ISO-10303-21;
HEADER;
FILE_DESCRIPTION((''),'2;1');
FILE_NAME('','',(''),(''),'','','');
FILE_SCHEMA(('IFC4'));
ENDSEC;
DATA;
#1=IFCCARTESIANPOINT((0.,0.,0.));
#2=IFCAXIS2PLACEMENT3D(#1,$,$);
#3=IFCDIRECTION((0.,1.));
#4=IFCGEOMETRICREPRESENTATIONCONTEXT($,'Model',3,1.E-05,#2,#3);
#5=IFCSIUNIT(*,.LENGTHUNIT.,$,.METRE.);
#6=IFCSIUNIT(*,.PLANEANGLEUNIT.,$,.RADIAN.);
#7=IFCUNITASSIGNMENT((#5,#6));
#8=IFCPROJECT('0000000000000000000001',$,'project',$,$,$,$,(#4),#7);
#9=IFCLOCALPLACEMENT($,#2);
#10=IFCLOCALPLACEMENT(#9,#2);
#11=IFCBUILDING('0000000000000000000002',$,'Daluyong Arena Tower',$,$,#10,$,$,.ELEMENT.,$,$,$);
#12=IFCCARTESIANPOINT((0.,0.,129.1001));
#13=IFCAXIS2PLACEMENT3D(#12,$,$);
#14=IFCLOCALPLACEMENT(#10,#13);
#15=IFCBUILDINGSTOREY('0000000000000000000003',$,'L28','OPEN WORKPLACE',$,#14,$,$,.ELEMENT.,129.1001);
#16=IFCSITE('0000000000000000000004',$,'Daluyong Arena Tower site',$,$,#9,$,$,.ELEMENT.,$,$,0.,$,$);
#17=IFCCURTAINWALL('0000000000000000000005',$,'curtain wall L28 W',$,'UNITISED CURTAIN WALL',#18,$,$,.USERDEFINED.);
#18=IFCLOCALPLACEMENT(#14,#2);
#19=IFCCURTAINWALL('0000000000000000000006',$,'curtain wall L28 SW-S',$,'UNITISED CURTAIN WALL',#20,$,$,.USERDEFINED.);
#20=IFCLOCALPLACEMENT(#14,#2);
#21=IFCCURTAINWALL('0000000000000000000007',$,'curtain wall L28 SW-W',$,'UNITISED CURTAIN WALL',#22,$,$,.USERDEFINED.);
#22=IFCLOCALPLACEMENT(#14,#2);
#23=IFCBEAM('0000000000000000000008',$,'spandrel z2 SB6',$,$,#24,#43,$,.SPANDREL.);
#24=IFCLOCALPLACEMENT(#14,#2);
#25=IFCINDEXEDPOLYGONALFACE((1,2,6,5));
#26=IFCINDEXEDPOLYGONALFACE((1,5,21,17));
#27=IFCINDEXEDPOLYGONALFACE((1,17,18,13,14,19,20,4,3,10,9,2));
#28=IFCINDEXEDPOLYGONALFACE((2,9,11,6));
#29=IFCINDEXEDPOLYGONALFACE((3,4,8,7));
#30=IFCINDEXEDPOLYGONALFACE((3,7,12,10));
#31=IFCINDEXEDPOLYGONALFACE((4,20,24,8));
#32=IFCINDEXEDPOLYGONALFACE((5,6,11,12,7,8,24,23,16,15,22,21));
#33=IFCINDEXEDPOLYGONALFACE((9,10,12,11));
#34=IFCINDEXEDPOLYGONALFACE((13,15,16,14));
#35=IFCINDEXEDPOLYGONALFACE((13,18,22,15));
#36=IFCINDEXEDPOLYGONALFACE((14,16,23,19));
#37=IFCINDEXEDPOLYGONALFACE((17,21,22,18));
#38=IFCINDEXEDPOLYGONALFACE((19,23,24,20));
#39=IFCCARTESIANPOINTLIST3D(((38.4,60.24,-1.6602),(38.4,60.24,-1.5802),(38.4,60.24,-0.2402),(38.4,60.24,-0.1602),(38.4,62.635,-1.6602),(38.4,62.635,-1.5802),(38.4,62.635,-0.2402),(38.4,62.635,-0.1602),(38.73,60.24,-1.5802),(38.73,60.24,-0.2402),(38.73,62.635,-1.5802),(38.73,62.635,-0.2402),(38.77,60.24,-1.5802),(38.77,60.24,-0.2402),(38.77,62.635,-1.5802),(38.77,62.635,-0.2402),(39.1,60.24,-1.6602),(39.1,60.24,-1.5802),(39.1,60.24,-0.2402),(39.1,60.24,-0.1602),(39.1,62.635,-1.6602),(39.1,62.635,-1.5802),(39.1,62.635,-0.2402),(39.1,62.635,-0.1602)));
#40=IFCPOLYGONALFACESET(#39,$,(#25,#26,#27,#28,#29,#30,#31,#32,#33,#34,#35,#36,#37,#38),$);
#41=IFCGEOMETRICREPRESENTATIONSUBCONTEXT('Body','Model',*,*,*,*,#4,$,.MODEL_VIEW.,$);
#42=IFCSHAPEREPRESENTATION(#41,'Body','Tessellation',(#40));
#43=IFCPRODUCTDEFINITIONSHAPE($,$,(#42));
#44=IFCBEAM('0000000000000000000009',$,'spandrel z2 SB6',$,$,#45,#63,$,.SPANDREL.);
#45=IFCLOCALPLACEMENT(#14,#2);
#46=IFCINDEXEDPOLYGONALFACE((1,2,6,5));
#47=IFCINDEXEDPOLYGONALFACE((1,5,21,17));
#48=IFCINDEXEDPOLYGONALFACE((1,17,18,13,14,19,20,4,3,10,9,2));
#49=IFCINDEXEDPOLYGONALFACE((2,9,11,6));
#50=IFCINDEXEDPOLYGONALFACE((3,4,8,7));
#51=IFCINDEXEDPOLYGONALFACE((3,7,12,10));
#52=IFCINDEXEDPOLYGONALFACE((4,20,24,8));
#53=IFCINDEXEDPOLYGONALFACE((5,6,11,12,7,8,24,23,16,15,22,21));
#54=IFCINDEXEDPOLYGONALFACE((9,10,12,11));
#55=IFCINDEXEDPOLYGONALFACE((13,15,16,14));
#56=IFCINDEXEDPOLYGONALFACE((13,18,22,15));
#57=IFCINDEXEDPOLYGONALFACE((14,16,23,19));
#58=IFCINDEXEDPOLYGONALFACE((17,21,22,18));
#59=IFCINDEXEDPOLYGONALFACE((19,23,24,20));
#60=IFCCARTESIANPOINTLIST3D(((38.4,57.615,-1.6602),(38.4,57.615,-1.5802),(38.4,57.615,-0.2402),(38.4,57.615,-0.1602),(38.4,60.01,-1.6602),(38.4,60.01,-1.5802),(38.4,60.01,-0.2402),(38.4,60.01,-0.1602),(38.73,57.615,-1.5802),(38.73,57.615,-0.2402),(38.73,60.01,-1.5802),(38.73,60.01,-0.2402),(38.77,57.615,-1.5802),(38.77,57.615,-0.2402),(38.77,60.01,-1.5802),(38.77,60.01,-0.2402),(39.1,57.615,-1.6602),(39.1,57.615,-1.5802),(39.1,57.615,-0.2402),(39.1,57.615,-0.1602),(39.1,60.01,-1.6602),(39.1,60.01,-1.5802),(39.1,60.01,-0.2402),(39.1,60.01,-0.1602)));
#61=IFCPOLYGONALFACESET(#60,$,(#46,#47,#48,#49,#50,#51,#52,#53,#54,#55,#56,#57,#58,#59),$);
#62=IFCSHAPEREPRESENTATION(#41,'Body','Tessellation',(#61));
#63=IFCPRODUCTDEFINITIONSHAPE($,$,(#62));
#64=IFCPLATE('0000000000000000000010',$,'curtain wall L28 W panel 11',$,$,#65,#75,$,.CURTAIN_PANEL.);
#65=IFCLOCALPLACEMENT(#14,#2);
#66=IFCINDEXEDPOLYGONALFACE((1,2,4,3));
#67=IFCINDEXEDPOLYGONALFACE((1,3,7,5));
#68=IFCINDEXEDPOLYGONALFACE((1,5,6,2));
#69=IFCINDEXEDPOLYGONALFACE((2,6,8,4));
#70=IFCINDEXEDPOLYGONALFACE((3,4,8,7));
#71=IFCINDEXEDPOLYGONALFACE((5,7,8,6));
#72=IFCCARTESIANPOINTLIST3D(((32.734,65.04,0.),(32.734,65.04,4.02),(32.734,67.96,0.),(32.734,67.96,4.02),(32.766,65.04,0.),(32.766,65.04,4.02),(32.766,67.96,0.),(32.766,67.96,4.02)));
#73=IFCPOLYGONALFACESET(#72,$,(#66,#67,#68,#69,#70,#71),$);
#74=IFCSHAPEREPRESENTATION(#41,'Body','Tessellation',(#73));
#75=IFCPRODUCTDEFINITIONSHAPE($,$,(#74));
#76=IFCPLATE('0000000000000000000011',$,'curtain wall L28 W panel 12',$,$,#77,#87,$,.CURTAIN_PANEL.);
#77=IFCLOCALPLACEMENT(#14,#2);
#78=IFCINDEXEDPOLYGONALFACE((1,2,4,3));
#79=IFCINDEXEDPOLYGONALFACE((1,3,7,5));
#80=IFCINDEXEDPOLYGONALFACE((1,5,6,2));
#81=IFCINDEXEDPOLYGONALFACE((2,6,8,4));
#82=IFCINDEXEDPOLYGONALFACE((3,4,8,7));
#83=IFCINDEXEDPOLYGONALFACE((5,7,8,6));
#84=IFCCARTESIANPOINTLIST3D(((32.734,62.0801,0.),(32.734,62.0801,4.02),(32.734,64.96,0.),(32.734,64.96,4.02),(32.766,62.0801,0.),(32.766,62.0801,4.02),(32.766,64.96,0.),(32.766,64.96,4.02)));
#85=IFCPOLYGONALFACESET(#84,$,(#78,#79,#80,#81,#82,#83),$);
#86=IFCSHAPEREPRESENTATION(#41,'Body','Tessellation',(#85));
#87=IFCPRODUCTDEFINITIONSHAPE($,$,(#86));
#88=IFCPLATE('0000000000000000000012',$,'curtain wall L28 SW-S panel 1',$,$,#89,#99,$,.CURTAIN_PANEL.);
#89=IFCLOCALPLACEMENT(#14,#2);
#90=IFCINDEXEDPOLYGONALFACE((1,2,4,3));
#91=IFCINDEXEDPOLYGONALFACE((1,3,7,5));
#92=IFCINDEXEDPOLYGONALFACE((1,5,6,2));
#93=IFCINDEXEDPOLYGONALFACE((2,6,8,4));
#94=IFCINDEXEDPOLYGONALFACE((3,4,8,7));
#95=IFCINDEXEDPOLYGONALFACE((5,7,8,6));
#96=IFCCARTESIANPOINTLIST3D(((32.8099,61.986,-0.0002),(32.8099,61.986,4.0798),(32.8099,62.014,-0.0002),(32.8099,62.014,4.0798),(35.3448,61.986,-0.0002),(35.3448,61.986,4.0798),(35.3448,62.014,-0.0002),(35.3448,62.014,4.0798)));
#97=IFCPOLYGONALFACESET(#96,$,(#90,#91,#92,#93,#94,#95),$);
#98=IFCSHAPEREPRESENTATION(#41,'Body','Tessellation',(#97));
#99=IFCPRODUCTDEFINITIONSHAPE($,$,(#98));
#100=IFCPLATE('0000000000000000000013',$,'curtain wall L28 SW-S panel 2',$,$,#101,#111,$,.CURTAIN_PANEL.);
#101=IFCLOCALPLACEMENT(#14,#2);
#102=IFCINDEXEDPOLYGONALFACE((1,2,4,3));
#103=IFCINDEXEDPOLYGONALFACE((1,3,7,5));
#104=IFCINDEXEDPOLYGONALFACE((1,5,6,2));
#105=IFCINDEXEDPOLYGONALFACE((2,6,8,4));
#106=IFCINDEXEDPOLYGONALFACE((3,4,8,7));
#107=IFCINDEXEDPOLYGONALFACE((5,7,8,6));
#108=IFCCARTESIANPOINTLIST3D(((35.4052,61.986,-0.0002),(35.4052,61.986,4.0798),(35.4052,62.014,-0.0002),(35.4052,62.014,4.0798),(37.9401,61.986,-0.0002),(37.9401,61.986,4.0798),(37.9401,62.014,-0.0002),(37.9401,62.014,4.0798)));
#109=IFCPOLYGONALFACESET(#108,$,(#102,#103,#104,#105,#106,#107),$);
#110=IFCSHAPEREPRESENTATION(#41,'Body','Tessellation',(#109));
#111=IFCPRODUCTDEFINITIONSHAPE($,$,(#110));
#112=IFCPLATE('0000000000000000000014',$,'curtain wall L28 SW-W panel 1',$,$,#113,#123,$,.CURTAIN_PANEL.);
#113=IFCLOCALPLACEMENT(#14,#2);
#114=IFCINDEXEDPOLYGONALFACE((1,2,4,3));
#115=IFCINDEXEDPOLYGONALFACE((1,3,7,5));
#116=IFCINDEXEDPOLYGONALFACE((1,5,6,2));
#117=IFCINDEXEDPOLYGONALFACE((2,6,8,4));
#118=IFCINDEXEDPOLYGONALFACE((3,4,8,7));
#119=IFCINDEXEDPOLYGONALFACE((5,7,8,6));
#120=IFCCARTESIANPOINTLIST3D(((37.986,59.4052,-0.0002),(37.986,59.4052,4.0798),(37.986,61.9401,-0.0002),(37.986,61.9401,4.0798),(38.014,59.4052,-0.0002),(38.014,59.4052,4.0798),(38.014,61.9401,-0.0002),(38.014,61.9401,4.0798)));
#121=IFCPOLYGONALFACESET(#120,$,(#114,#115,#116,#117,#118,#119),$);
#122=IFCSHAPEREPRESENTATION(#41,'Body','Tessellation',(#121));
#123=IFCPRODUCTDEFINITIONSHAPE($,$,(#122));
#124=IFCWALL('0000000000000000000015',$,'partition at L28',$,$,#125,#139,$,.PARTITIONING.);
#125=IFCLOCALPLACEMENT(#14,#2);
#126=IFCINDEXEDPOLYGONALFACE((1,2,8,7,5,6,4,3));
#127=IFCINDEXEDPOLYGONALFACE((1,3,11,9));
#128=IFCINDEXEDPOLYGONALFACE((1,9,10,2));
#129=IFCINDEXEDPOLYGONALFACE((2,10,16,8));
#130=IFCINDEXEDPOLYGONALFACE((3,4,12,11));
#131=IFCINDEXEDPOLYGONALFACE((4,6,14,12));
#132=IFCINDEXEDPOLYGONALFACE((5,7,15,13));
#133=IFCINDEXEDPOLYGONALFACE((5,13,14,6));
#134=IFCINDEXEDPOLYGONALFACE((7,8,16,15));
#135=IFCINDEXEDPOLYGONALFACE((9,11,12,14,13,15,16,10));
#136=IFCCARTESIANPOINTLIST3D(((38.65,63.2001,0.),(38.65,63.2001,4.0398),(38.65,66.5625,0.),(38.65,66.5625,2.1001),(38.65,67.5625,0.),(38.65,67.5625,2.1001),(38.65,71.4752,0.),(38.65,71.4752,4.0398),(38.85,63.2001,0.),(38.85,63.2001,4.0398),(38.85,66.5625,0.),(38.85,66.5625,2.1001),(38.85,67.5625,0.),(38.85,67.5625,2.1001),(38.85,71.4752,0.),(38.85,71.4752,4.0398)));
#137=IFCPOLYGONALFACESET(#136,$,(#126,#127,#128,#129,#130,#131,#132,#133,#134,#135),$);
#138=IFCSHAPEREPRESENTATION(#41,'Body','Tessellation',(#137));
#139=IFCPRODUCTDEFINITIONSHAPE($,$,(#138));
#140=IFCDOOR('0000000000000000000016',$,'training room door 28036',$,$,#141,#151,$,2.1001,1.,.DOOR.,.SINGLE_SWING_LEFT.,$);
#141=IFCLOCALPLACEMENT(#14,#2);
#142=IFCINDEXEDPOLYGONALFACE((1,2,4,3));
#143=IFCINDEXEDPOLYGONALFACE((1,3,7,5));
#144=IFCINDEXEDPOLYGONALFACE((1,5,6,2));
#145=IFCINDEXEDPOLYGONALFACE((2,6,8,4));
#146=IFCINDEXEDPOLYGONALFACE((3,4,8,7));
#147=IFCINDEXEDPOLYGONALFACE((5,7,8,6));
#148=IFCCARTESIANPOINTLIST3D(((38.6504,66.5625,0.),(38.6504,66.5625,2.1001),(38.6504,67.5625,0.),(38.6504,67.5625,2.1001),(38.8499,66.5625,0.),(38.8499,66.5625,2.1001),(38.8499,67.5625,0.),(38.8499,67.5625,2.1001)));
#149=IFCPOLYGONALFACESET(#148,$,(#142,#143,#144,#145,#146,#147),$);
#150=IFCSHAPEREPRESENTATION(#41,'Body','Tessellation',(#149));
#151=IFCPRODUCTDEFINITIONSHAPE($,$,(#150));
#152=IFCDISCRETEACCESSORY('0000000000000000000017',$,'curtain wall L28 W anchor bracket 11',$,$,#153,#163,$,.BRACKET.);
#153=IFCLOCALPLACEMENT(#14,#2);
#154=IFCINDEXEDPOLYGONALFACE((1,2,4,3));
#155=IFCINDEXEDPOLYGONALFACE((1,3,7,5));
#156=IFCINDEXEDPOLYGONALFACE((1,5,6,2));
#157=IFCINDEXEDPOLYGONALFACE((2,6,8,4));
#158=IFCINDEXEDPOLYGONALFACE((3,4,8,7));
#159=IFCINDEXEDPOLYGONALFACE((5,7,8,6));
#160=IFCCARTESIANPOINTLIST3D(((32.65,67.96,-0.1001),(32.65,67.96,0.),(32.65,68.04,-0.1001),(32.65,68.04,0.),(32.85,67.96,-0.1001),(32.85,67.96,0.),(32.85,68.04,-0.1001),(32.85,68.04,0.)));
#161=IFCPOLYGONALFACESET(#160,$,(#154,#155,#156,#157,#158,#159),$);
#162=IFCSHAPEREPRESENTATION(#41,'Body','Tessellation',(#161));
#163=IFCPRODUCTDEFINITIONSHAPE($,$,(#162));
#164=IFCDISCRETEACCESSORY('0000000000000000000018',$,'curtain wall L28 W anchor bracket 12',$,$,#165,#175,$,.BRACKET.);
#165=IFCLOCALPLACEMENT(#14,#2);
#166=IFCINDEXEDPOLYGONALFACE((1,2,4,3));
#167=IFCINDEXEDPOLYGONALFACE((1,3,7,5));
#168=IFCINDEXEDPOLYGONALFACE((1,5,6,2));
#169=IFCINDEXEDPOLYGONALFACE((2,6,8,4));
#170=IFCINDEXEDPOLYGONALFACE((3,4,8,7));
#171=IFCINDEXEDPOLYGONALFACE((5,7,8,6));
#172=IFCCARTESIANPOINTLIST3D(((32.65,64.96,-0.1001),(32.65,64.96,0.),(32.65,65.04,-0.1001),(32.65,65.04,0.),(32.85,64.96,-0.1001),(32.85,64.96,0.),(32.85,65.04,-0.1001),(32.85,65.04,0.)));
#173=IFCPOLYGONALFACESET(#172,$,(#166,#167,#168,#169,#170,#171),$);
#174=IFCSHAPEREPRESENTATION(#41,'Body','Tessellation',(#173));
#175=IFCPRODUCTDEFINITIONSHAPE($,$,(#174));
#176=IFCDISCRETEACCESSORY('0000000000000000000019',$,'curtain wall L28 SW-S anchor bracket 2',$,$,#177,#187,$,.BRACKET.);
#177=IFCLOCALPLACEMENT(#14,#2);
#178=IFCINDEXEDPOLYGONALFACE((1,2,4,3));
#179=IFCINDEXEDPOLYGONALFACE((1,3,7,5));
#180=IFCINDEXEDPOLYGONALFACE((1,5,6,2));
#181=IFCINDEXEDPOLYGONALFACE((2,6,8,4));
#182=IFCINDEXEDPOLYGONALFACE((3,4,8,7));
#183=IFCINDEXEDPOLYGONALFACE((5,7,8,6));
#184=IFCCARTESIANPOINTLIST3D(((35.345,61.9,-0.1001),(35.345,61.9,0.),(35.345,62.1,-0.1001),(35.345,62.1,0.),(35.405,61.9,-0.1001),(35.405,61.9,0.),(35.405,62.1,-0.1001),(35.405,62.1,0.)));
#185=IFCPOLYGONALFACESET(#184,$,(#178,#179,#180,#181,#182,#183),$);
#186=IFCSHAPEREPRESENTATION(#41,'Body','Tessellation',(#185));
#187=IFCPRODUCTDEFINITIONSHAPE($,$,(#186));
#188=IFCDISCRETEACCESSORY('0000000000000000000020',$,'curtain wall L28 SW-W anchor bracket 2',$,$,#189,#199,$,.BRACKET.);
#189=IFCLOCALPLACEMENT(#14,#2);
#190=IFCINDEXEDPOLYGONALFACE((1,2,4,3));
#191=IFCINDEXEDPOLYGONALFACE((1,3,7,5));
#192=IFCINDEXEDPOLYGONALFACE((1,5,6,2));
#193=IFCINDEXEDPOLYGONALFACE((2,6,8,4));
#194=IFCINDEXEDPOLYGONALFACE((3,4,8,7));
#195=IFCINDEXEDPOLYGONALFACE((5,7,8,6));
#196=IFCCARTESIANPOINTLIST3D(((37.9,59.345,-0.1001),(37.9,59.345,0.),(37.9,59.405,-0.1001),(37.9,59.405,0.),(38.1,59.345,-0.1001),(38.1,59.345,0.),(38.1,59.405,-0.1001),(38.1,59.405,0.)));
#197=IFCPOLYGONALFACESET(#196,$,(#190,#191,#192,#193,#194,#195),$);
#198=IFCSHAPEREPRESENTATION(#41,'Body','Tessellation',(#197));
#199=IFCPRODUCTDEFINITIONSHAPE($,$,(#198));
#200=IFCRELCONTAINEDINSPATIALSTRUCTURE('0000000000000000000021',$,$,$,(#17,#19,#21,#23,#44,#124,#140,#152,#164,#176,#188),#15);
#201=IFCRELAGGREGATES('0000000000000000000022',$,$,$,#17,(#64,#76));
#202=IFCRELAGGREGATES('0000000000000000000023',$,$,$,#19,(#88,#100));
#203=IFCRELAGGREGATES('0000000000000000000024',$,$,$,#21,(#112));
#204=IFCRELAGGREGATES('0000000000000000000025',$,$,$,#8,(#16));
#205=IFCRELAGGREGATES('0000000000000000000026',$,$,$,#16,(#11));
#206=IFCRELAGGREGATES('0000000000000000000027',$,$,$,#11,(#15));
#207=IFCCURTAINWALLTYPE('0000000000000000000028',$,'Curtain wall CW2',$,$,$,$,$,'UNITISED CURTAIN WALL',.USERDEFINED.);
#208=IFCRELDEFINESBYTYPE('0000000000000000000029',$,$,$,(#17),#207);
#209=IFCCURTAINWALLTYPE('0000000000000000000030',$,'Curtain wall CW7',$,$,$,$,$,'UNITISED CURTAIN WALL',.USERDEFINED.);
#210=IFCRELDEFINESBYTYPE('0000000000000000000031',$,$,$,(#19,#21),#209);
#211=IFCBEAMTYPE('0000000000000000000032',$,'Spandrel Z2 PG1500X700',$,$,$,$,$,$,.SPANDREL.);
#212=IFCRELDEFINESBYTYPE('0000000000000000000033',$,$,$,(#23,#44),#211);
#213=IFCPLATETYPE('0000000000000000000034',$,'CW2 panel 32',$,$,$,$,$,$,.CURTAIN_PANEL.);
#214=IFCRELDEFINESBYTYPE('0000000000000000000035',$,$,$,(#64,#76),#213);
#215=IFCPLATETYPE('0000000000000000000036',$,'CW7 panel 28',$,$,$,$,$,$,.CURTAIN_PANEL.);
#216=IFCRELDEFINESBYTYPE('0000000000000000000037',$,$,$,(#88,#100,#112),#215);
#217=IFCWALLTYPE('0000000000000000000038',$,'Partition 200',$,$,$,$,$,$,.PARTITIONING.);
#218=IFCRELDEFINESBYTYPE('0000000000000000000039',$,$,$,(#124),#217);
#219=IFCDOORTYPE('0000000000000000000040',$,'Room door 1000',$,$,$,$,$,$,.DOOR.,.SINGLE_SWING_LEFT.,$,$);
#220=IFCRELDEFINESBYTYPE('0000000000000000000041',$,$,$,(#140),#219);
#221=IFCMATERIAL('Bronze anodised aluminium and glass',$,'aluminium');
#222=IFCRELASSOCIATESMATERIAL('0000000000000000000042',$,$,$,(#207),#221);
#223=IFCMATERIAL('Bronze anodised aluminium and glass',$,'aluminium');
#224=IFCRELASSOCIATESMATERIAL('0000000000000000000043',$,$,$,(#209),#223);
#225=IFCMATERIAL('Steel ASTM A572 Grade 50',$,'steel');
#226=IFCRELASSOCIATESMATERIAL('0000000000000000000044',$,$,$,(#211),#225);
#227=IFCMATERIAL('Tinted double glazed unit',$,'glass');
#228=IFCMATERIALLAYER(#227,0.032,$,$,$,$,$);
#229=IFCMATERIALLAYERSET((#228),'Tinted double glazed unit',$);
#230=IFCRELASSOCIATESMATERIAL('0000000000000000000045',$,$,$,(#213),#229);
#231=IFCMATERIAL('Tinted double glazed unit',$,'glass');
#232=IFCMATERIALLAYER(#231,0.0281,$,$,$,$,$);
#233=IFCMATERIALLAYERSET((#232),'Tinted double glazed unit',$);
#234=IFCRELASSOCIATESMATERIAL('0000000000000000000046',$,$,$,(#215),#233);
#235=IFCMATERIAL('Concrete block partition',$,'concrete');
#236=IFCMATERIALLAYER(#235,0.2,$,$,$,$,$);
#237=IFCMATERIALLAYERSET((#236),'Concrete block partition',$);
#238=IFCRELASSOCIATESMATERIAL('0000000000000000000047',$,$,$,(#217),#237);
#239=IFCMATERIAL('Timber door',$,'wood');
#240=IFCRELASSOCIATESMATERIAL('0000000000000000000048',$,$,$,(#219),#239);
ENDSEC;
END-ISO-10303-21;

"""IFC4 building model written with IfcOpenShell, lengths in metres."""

from ifc_helpers import new_model, si_unit, direction, frame, frame_2d, origin, origin_2d, place, context, subcontext, project, spatial, rectangle, i_section, extrude, material, layer, layer_set, material_profile, profile_set, type_object, element, fill, aggregate, save


model = new_model("IFC4")

# Units and contexts
model_context = context("Model", 3, precision=1e-05, world=origin(), true_north=direction((0.0, 1.0)))
body_context = subcontext(model_context, "Body", "Model", "MODEL_VIEW")
ifc_project = project(units=[si_unit("LENGTHUNIT", "METRE"), si_unit("PLANEANGLEUNIT", "RADIAN")], contexts=[model_context])

# Site, building, storey
site_placement = place(None, origin())
site = spatial("IfcSite", under=ifc_project, at=site_placement, Name="Daluyong Arena Tower site", CompositionType="ELEMENT", RefElevation=0.0)
building_placement = place(site_placement, origin())
building = spatial("IfcBuilding", under=site, at=building_placement, Name="Daluyong Arena Tower", CompositionType="ELEMENT")
storey_placement = place(building_placement, frame((0.0, 0.0, 129.1001)))
storey = spatial("IfcBuildingStorey", under=building, at=storey_placement, Name="L28", Description="OPEN WORKPLACE", CompositionType="ELEMENT", Elevation=129.1001)

# Curtain walls
ifc_material_1 = material(Name="Bronze anodised aluminium and glass", Category="aluminium")
curtain_wall_type_1 = type_object("IfcCurtainWallType", Name="Curtain wall CW2", ElementType="UNITISED CURTAIN WALL", PredefinedType="USERDEFINED", material=ifc_material_1)
curtain_wall_1_placement = place(storey_placement, origin())
curtain_wall_1 = element("IfcCurtainWall", 1, at=curtain_wall_1_placement, inside=storey, type_object=curtain_wall_type_1, Name="curtain wall L28 W", ObjectType="UNITISED CURTAIN WALL", PredefinedType="USERDEFINED")
ifc_material_2 = material(Name="Bronze anodised aluminium and glass", Category="aluminium")
curtain_wall_type_2 = type_object("IfcCurtainWallType", Name="Curtain wall CW7", ElementType="UNITISED CURTAIN WALL", PredefinedType="USERDEFINED", material=ifc_material_2)
curtain_wall_2_placement = place(storey_placement, origin())
curtain_wall_2 = element("IfcCurtainWall", 2, at=curtain_wall_2_placement, inside=storey, type_object=curtain_wall_type_2, Name="curtain wall L28 SW-S", ObjectType="UNITISED CURTAIN WALL", PredefinedType="USERDEFINED")
curtain_wall_3_placement = place(storey_placement, origin())
curtain_wall_3 = element("IfcCurtainWall", 3, at=curtain_wall_3_placement, inside=storey, type_object=curtain_wall_type_2, Name="curtain wall L28 SW-W", ObjectType="UNITISED CURTAIN WALL", PredefinedType="USERDEFINED")

# Beams
ifc_material_3 = material(Name="Steel ASTM A572 Grade 50", Category="steel")
ifc_material_profile_1 = material_profile(ifc_material_3, i_section(OverallWidth=0.7, OverallDepth=1.5, WebThickness=0.04, FlangeThickness=0.08, at=origin_2d()))
ifc_profile_set_1 = profile_set([ifc_material_profile_1], Name="Steel ASTM A572 Grade 50")
beam_type_1 = type_object("IfcBeamType", Name="Spandrel Z2 PG1500X700", PredefinedType="SPANDREL", material=ifc_profile_set_1)
for number, where, z_axis, x_axis, name in (
    (4, (38.75, 62.635, -0.9102), (0.0, -1.0, 0.0), (1.0, 0.0, 0.0), "spandrel z2 SB6"),
    (5, (38.75, 60.01, -0.9102), (0.0, -1.0, 0.0), (1.0, 0.0, 0.0), "spandrel z2 SB6"),
):
    element("IfcBeam", number, at=place(storey_placement, frame(where, z_axis=z_axis, x_axis=x_axis)), inside=storey, type_object=beam_type_1, Name=name, PredefinedType="SPANDREL", context=body_context, shape_type="SweptSolid", body=[
        extrude(i_section(OverallWidth=0.7, OverallDepth=1.5, WebThickness=0.04, FlangeThickness=0.08, at=origin_2d()), origin(), (0.0, 0.0, 1.0), 2.395),
    ])

# Plates
ifc_material_4 = material(Name="Tinted double glazed unit", Category="glass")
ifc_layer_1 = layer(ifc_material_4, 0.032)
ifc_layer_set_1 = layer_set([ifc_layer_1], Name="Tinted double glazed unit")
plate_type_1 = type_object("IfcPlateType", Name="CW2 panel 32", PredefinedType="CURTAIN_PANEL", material=ifc_layer_set_1)
plate_1_placement = place(storey_placement, frame((32.75, 66.5, 0.0), z_axis=(0.0, 0.0, 1.0), x_axis=(0.0, -1.0, 0.0)))
plate_1 = element("IfcPlate", 6, at=plate_1_placement, type_object=plate_type_1, Name="curtain wall L28 W panel 11", PredefinedType="CURTAIN_PANEL", context=body_context, shape_type="SweptSolid", body=[
    extrude(rectangle(XDim=2.9199, YDim=0.032, at=origin_2d()), origin(), (0.0, 0.0, 1.0), 4.02),
])
plate_2_placement = place(storey_placement, frame((32.75, 63.52, 0.0), z_axis=(0.0, 0.0, 1.0), x_axis=(0.0, -1.0, 0.0)))
plate_2 = element("IfcPlate", 7, at=plate_2_placement, type_object=plate_type_1, Name="curtain wall L28 W panel 12", PredefinedType="CURTAIN_PANEL", context=body_context, shape_type="SweptSolid", body=[
    extrude(rectangle(XDim=2.8799, YDim=0.032, at=origin_2d()), origin(), (0.0, 0.0, 1.0), 4.02),
])
aggregate(curtain_wall_1, [plate_1, plate_2])
ifc_material_5 = material(Name="Tinted double glazed unit", Category="glass")
ifc_layer_2 = layer(ifc_material_5, 0.0281)
ifc_layer_set_2 = layer_set([ifc_layer_2], Name="Tinted double glazed unit")
plate_type_2 = type_object("IfcPlateType", Name="CW7 panel 28", PredefinedType="CURTAIN_PANEL", material=ifc_layer_set_2)
plate_3_placement = place(storey_placement, frame((34.0774, 62.0, -0.0002), z_axis=(0.0, 0.0, 1.0), x_axis=(1.0, 0.0, 0.0)))
plate_3 = element("IfcPlate", 8, at=plate_3_placement, type_object=plate_type_2, Name="curtain wall L28 SW-S panel 1", PredefinedType="CURTAIN_PANEL", context=body_context, shape_type="SweptSolid", body=[
    extrude(rectangle(XDim=2.5349, YDim=0.0281, at=origin_2d()), origin(), (0.0, 0.0, 1.0), 4.0801),
])
plate_4_placement = place(storey_placement, frame((36.6726, 62.0, -0.0002), z_axis=(0.0, 0.0, 1.0), x_axis=(1.0, 0.0, 0.0)))
plate_4 = element("IfcPlate", 9, at=plate_4_placement, type_object=plate_type_2, Name="curtain wall L28 SW-S panel 2", PredefinedType="CURTAIN_PANEL", context=body_context, shape_type="SweptSolid", body=[
    extrude(rectangle(XDim=2.5349, YDim=0.0281, at=origin_2d()), origin(), (0.0, 0.0, 1.0), 4.0801),
])
aggregate(curtain_wall_2, [plate_3, plate_4])
plate_5_placement = place(storey_placement, frame((38.0, 60.6726, -0.0002), z_axis=(0.0, 0.0, 1.0), x_axis=(0.0, -1.0, 0.0)))
plate_5 = element("IfcPlate", 10, at=plate_5_placement, type_object=plate_type_2, Name="curtain wall L28 SW-W panel 1", PredefinedType="CURTAIN_PANEL", context=body_context, shape_type="SweptSolid", body=[
    extrude(rectangle(XDim=2.5349, YDim=0.0281, at=origin_2d()), origin(), (0.0, 0.0, 1.0), 4.0801),
])
aggregate(curtain_wall_3, [plate_5])

# Wall, opening, door
ifc_material_6 = material(Name="Concrete block partition", Category="concrete")
ifc_layer_3 = layer(ifc_material_6, 0.2)
ifc_layer_set_3 = layer_set([ifc_layer_3], Name="Concrete block partition")
wall_type = type_object("IfcWallType", Name="Partition 200", PredefinedType="PARTITIONING", material=ifc_layer_set_3)
wall_placement = place(storey_placement, frame((38.75, 63.2, 0.0), z_axis=(0.0, 0.0, 1.0), x_axis=(0.0, 1.0, 0.0)))
wall = element("IfcWall", 11, at=wall_placement, inside=storey, type_object=wall_type, Name="partition at L28", PredefinedType="PARTITIONING", context=body_context, shape_type="SweptSolid", body=[
    extrude(rectangle(XDim=8.2751, YDim=0.2, at=frame_2d((4.1377, 0.0))), origin(), (0.0, 0.0, 1.0), 4.0398),
])
opening_placement = place(wall_placement, frame((3.3625, 0.0, 0.0)))
opening = element("IfcOpeningElement", 12, at=opening_placement, cuts=wall, PredefinedType="OPENING", context=body_context, shape_type="SweptSolid", body=[
    extrude(rectangle(XDim=1.0, YDim=2.1001, at=frame_2d((0.5, 1.05))), frame((0.0, 0.1099, 0.0), z_axis=(0.0, -1.0, 0.0), x_axis=(1.0, 0.0, 0.0)), (0.0, 0.0, 1.0), 0.22),
])
ifc_material_7 = material(Name="Timber door", Category="wood")
door_type = type_object("IfcDoorType", Name="Room door 1000", OperationType="SINGLE_SWING_LEFT", PredefinedType="DOOR", material=ifc_material_7)
door_placement = place(opening_placement, origin())
door = element("IfcDoor", 13, at=door_placement, inside=storey, type_object=door_type, Name="training room door 28036", OperationType="SINGLE_SWING_LEFT", OverallHeight=2.1001, OverallWidth=1.0, PredefinedType="DOOR", context=body_context, shape_type="SweptSolid", body=[
    extrude(rectangle(XDim=1.0, YDim=2.1001, at=frame_2d((0.5, 1.05))), frame((0.0, 0.0996, 0.0), z_axis=(0.0, -1.0, 0.0), x_axis=(1.0, 0.0, 0.0)), (0.0, 0.0, 1.0), 0.1995),
])
fill(opening, door)

# Discrete accessories
for number, where, z_axis, x_axis, name in (
    (14, (32.75, 68.0, -0.1001), (0.0, 0.0, 1.0), (0.0, -1.0, 0.0), "curtain wall L28 W anchor bracket 11"),
    (15, (32.75, 65.0, -0.1001), (0.0, 0.0, 1.0), (0.0, -1.0, 0.0), "curtain wall L28 W anchor bracket 12"),
):
    element("IfcDiscreteAccessory", number, at=place(storey_placement, frame(where, z_axis=z_axis, x_axis=x_axis)), inside=storey, Name=name, PredefinedType="BRACKET", context=body_context, shape_type="SweptSolid", body=[
        extrude(rectangle(XDim=0.0801, YDim=0.2, at=origin_2d()), origin(), (0.0, 0.0, 1.0), 0.1001),
    ])
for number, where, z_axis, x_axis, name in (
    (16, (35.375, 62.0, -0.1001), (0.0, 0.0, 1.0), (1.0, 0.0, 0.0), "curtain wall L28 SW-S anchor bracket 2"),
    (17, (38.0, 59.375, -0.1001), (0.0, 0.0, 1.0), (0.0, -1.0, 0.0), "curtain wall L28 SW-W anchor bracket 2"),
):
    element("IfcDiscreteAccessory", number, at=place(storey_placement, frame(where, z_axis=z_axis, x_axis=x_axis)), inside=storey, Name=name, PredefinedType="BRACKET", context=body_context, shape_type="SweptSolid", body=[
        extrude(rectangle(XDim=0.0601, YDim=0.2, at=origin_2d()), origin(), (0.0, 0.0, 1.0), 0.1001),
    ])

save(model, "model.ifc")
